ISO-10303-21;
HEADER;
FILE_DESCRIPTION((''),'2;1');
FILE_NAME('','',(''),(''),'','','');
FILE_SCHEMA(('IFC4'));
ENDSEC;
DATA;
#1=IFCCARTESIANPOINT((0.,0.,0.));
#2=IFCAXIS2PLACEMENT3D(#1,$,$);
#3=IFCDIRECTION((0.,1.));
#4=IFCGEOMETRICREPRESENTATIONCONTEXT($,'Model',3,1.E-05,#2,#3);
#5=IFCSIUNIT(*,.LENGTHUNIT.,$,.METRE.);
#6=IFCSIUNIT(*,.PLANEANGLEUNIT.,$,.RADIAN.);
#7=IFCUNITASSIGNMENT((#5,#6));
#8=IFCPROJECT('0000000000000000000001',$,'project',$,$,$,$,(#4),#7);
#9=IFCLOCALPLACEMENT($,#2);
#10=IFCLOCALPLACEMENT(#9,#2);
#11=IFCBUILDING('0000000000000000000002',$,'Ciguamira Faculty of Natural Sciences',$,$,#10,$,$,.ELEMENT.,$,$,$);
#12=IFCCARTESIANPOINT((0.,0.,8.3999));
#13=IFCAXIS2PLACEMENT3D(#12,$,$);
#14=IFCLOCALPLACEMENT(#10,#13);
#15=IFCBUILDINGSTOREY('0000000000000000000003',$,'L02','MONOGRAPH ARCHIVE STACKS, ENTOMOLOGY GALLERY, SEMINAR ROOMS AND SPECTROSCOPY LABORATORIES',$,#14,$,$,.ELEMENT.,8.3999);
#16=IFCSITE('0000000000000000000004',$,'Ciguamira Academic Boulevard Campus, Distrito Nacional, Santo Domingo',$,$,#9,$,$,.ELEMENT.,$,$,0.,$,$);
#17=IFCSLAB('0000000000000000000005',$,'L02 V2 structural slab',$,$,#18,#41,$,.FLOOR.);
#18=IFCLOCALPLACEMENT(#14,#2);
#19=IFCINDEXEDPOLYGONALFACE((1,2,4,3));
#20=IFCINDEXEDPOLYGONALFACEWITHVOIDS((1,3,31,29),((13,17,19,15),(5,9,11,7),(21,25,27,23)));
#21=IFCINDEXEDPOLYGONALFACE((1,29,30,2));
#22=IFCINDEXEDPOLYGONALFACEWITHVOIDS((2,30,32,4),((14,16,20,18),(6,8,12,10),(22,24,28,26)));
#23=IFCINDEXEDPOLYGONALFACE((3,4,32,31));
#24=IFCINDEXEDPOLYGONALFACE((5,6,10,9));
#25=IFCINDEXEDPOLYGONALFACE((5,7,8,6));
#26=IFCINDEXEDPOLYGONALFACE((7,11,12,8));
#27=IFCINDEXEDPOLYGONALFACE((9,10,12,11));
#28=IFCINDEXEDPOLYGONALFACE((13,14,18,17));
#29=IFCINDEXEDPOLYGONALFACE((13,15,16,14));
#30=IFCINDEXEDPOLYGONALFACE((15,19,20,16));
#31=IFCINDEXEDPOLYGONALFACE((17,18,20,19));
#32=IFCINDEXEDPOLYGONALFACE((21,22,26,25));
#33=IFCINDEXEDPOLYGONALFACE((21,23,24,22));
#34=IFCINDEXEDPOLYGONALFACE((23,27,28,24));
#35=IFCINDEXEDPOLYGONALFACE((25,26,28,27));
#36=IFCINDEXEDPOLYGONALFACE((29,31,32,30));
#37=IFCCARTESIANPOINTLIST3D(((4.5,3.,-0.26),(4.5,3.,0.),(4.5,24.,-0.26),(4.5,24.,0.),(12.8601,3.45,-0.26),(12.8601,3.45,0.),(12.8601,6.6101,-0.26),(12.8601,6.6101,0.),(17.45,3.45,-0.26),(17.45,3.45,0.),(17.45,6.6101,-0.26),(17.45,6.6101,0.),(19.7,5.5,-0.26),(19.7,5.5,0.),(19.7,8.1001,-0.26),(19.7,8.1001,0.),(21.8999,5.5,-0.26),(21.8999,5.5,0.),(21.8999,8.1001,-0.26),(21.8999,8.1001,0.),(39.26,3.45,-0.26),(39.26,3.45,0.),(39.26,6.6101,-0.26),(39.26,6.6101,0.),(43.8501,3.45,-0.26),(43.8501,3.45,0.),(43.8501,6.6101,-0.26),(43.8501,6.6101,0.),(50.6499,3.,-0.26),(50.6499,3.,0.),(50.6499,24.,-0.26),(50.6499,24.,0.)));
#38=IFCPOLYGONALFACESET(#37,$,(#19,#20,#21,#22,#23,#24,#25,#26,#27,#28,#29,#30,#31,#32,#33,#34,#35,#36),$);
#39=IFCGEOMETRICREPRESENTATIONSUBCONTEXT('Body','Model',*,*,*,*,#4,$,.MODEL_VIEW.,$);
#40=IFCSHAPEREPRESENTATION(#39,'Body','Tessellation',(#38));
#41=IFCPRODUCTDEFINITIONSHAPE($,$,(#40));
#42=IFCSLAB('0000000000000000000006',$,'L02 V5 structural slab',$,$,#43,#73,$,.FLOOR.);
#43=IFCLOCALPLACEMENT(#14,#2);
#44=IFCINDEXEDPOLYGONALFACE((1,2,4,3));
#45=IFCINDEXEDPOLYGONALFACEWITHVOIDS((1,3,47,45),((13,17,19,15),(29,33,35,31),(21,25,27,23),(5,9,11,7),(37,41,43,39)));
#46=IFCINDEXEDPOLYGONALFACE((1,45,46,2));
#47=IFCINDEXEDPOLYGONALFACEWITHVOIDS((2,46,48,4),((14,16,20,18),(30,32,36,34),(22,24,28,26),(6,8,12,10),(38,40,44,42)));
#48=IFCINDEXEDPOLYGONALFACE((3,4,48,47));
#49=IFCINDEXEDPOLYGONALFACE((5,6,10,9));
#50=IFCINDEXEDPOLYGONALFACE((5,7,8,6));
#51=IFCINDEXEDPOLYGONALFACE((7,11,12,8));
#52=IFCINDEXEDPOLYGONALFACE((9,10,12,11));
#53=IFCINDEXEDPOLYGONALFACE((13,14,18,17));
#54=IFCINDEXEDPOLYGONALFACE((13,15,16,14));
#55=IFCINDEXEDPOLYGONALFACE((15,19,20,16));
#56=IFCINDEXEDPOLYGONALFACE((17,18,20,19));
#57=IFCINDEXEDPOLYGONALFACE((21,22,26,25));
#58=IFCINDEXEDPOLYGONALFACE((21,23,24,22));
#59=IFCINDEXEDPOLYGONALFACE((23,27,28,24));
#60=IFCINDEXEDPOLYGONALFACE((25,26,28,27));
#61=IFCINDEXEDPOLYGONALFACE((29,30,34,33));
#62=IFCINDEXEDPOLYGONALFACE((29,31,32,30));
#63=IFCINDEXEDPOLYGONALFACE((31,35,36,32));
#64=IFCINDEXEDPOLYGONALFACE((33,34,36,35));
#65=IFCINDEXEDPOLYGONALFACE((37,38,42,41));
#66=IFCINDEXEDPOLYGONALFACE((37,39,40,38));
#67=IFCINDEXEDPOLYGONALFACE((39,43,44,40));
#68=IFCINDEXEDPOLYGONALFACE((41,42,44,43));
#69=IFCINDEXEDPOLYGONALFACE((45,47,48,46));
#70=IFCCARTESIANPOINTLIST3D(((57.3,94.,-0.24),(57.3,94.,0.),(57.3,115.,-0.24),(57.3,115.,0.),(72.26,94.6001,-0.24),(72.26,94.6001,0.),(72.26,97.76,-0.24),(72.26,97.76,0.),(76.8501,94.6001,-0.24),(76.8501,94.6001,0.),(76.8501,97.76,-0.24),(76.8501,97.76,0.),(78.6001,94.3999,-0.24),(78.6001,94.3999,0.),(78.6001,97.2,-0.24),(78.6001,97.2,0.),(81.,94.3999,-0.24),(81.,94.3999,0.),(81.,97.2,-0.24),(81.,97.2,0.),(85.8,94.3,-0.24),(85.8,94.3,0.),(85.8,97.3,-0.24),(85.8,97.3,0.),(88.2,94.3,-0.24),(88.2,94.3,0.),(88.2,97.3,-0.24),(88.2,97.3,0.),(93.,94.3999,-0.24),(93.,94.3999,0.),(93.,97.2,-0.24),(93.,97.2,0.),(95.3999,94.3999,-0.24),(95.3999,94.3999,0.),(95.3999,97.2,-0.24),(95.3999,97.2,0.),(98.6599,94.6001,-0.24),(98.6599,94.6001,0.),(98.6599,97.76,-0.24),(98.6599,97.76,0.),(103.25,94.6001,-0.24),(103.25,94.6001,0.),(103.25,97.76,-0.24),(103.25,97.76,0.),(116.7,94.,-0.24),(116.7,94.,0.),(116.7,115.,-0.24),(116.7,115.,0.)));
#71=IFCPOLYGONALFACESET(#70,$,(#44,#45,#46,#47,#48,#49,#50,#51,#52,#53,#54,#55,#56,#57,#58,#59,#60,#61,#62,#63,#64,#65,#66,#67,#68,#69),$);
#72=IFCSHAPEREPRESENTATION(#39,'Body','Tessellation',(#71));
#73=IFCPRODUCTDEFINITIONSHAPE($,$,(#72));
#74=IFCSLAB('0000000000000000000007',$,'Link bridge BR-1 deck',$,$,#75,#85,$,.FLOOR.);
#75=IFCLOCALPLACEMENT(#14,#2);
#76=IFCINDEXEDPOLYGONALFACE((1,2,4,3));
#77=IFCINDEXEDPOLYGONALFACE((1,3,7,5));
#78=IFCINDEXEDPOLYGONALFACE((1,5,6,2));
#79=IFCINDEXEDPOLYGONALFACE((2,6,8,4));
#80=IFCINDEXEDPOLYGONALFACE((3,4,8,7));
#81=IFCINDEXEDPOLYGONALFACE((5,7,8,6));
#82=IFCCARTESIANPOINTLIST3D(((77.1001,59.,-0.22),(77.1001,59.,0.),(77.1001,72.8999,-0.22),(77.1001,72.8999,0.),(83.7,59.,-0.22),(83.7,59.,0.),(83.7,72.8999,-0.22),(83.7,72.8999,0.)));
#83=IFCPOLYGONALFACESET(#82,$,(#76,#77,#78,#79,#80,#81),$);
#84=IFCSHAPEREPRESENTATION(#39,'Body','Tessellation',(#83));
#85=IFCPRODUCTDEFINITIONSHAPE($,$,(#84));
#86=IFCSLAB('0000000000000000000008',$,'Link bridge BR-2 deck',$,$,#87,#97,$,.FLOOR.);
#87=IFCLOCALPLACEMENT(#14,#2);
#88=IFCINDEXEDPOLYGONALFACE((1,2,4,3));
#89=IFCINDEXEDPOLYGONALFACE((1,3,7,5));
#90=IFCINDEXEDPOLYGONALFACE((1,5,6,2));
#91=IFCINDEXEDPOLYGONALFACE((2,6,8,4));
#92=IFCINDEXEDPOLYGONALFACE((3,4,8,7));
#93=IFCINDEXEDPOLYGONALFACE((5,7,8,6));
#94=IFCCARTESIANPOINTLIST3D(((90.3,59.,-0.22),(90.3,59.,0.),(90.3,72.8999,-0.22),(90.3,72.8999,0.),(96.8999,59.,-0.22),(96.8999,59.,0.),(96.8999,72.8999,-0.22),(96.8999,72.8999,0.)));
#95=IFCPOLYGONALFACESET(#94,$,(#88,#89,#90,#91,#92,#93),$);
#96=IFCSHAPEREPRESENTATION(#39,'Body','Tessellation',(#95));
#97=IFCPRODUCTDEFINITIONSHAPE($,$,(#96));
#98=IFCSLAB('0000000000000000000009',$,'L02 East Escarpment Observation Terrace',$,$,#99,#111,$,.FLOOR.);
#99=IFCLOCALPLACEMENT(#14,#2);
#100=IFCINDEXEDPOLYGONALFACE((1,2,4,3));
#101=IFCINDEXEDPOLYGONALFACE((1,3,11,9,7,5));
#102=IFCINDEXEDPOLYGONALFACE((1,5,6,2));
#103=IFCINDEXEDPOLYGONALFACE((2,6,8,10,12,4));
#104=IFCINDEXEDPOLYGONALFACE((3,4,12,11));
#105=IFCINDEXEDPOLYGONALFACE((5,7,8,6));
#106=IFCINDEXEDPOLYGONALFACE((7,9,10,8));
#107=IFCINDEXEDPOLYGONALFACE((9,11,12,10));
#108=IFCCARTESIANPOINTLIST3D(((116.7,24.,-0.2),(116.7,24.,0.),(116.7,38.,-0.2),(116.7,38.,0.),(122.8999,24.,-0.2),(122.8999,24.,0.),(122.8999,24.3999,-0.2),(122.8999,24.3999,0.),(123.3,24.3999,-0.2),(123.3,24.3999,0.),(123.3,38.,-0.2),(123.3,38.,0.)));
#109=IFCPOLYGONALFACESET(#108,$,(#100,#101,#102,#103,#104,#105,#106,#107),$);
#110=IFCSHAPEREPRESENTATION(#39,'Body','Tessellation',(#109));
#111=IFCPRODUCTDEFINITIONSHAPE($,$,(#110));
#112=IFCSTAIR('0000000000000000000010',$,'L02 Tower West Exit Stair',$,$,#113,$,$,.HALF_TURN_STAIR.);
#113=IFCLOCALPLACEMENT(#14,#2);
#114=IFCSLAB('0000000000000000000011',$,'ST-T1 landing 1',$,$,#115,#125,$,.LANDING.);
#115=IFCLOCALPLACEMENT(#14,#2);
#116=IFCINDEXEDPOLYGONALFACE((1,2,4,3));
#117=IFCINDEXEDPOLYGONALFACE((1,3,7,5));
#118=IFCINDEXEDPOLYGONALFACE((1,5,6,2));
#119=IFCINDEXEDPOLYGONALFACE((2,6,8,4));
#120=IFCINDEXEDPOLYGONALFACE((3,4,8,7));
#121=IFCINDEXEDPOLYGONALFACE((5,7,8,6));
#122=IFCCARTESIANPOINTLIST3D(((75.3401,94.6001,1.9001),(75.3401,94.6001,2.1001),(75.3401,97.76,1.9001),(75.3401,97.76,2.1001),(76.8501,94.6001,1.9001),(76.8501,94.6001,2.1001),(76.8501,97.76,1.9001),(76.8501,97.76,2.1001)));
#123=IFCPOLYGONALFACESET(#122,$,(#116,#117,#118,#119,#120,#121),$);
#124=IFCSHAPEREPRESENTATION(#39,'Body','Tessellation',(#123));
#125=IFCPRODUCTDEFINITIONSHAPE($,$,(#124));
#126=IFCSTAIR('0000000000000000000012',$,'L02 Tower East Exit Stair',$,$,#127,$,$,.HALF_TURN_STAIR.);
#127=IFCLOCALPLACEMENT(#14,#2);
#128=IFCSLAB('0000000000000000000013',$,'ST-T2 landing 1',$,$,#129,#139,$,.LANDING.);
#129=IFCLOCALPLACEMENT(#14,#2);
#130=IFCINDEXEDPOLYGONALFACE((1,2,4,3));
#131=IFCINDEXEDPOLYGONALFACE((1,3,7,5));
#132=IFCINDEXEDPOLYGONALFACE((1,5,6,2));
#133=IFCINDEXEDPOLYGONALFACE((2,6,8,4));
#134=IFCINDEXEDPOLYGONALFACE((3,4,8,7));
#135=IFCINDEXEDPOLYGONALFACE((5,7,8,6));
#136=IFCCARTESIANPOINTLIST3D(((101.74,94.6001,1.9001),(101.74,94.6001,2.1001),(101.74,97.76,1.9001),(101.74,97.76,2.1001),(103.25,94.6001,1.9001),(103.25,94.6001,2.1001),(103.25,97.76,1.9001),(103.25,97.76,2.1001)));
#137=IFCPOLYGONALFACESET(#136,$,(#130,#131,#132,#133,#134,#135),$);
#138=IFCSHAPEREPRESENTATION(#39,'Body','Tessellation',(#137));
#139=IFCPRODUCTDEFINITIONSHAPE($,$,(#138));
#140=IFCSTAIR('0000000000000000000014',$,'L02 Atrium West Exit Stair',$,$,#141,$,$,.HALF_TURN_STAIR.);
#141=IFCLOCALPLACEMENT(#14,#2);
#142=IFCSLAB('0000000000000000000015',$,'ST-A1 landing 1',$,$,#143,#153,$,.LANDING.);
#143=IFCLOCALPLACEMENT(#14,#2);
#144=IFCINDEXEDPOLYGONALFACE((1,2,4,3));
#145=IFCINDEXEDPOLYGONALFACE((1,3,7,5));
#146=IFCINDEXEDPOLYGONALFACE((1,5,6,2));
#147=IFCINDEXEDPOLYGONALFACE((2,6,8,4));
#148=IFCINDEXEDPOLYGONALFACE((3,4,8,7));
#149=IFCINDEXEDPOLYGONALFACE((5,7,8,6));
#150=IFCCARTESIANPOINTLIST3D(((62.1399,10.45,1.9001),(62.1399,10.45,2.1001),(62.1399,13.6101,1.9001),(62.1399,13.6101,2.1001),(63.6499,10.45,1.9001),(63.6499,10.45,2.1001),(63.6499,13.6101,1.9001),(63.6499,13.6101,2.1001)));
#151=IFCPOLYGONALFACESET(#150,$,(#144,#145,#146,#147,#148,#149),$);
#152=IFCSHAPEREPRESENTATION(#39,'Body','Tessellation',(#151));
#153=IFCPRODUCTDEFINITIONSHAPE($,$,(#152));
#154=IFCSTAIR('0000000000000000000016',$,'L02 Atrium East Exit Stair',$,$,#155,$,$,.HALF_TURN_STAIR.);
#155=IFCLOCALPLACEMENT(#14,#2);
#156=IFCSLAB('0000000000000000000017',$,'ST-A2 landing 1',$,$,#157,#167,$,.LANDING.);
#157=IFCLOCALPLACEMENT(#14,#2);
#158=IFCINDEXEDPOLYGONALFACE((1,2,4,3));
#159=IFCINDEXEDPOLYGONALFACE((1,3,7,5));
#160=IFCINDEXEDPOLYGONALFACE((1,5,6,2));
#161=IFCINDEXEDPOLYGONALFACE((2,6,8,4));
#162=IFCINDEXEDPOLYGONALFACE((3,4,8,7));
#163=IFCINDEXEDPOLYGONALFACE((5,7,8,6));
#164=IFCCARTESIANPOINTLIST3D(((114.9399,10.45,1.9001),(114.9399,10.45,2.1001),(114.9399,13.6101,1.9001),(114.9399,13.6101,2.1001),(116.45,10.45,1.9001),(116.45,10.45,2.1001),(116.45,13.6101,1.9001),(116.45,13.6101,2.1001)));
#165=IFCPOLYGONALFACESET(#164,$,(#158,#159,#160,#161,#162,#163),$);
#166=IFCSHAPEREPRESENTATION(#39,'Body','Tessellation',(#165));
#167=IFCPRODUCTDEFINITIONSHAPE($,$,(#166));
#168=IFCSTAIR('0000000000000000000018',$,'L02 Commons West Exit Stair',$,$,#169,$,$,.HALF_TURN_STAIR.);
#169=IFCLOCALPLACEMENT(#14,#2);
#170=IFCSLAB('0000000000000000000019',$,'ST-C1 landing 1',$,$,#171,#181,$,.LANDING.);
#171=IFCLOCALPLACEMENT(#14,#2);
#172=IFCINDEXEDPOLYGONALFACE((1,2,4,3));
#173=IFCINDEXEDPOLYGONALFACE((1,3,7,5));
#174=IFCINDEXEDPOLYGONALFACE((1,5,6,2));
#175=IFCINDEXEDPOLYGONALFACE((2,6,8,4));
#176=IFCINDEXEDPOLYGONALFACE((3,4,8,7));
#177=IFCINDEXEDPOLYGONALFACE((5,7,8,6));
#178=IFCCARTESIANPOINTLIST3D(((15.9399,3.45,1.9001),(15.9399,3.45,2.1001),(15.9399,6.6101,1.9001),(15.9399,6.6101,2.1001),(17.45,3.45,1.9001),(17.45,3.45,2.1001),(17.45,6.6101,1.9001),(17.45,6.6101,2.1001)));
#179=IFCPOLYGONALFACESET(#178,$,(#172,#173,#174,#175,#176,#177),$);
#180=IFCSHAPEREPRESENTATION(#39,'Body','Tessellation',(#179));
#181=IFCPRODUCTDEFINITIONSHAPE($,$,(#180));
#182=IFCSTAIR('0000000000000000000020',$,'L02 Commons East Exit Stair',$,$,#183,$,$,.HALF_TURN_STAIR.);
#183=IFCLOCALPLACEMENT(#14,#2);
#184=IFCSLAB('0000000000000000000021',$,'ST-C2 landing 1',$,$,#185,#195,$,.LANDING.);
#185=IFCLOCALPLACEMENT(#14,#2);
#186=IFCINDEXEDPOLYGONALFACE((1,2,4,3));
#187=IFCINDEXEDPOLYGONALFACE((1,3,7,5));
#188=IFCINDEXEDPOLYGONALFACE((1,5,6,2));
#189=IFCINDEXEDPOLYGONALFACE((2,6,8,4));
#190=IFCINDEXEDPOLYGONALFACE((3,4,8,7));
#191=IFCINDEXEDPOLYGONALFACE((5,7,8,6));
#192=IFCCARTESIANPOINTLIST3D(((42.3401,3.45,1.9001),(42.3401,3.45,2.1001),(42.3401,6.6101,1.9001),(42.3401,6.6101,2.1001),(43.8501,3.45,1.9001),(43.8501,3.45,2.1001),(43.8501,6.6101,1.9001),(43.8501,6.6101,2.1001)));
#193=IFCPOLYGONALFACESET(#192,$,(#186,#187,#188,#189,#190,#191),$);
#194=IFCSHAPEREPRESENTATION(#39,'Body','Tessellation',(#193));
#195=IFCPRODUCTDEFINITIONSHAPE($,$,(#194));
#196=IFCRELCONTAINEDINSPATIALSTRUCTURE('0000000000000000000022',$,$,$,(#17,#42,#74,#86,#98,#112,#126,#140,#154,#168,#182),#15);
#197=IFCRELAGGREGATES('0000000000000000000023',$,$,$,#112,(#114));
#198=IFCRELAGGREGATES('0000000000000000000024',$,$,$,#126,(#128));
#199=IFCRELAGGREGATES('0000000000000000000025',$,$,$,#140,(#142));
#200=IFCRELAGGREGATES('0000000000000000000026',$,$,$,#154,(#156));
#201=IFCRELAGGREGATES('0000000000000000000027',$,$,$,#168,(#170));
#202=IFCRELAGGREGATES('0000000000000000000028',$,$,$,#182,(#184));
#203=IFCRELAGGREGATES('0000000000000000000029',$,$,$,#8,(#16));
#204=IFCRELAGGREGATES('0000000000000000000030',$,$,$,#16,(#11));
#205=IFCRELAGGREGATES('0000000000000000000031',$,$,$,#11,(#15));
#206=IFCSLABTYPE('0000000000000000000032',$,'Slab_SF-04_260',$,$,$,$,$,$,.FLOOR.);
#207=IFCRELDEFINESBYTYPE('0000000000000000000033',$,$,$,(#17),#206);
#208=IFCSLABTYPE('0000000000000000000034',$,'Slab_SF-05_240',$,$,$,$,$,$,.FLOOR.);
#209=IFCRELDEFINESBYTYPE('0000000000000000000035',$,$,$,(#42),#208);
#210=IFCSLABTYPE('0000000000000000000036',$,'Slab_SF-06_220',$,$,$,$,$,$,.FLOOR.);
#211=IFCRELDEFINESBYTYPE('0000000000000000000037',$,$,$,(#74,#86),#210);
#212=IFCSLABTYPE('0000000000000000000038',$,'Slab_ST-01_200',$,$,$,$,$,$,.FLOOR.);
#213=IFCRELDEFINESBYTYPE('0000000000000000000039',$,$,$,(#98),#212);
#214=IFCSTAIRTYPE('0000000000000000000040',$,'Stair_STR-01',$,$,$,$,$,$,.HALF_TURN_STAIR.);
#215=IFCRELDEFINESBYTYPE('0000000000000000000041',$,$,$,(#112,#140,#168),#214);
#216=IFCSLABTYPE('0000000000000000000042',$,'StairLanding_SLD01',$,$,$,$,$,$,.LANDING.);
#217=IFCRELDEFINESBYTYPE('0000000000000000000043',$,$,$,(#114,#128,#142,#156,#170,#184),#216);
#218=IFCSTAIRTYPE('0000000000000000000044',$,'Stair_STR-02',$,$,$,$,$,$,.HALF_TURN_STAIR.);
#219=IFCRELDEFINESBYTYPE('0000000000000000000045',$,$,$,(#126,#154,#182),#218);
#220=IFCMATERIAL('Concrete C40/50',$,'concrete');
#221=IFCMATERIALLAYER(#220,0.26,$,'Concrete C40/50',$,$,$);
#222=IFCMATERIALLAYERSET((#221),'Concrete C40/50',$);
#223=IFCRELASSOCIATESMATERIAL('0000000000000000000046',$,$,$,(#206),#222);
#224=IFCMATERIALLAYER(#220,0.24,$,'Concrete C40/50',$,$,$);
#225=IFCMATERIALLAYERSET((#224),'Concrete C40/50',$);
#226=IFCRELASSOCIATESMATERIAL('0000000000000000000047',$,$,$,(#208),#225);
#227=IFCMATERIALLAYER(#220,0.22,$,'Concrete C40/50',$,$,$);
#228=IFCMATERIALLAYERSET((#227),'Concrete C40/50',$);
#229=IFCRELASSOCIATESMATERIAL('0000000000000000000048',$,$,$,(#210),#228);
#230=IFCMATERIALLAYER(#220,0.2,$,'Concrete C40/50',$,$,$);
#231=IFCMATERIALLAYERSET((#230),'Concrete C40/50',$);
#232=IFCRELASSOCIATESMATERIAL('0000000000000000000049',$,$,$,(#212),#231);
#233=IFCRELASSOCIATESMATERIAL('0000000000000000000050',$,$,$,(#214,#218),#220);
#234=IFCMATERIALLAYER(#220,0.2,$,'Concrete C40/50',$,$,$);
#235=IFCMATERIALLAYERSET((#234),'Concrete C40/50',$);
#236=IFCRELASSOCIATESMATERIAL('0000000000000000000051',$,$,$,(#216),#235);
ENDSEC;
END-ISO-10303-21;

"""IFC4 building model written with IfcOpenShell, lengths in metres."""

from ifc_helpers import new_model, si_unit, direction, frame, origin, place, context, subcontext, project, spatial, polyline, outline, extrude, material, layer, layer_set, type_object, element, aggregate, save


model = new_model("IFC4")

# Units and contexts
model_context = context("Model", 3, precision=1e-05, world=origin(), true_north=direction((0.0, 1.0)))
body_context = subcontext(model_context, "Body", "Model", "MODEL_VIEW")
ifc_project = project(units=[si_unit("LENGTHUNIT", "METRE"), si_unit("PLANEANGLEUNIT", "RADIAN")], contexts=[model_context])

# Site, building, storey
site_placement = place(None, origin())
site = spatial("IfcSite", under=ifc_project, at=site_placement, Name="Ciguamira Academic Boulevard Campus, Distrito Nacional, Santo Domingo", CompositionType="ELEMENT", RefElevation=0.0)
building_placement = place(site_placement, origin())
building = spatial("IfcBuilding", under=site, at=building_placement, Name="Ciguamira Faculty of Natural Sciences", CompositionType="ELEMENT")
storey_placement = place(building_placement, frame((0.0, 0.0, 8.3999)))
storey = spatial("IfcBuildingStorey", under=building, at=storey_placement, Name="L02", Description="MONOGRAPH ARCHIVE STACKS, ENTOMOLOGY GALLERY, SEMINAR ROOMS AND SPECTROSCOPY LABORATORIES", CompositionType="ELEMENT", Elevation=8.3999)

# Slabs
ifc_material_1 = material(Name="Concrete C40/50", Category="concrete")
ifc_layer_1 = layer(ifc_material_1, 0.26, Name="Concrete C40/50")
ifc_layer_set_1 = layer_set([ifc_layer_1], Name="Concrete C40/50")
slab_type_1 = type_object("IfcSlabType", Name="Slab_SF-04_260", PredefinedType="FLOOR", material=ifc_layer_set_1)
slab_1_placement = place(storey_placement, frame((0.0, 0.0, -0.26)))
element("IfcSlab", 1, at=slab_1_placement, inside=storey, type_object=slab_type_1, Name="L02 V2 structural slab", PredefinedType="FLOOR", context=body_context, shape_type="SweptSolid", body=[
    extrude(outline(polyline([(4.5, 3.0), (50.6499, 3.0), (50.6499, 24.0), (4.5, 24.0), (4.5, 3.0)]), holes=[polyline([(12.8601, 3.45), (17.45, 3.45), (17.45, 6.6101), (12.8601, 6.6101), (12.8601, 3.45)]), polyline([(39.26, 3.45), (43.8501, 3.45), (43.8501, 6.6101), (39.26, 6.6101), (39.26, 3.45)]), polyline([(19.7, 5.5), (21.8999, 5.5), (21.8999, 8.1001), (19.7, 8.1001), (19.7, 5.5)])]), origin(), (0.0, 0.0, 1.0), 0.26),
])
ifc_layer_2 = layer(ifc_material_1, 0.24, Name="Concrete C40/50")
ifc_layer_set_2 = layer_set([ifc_layer_2], Name="Concrete C40/50")
slab_type_2 = type_object("IfcSlabType", Name="Slab_SF-05_240", PredefinedType="FLOOR", material=ifc_layer_set_2)
slab_2_placement = place(storey_placement, frame((0.0, 0.0, -0.24)))
element("IfcSlab", 2, at=slab_2_placement, inside=storey, type_object=slab_type_2, Name="L02 V5 structural slab", PredefinedType="FLOOR", context=body_context, shape_type="SweptSolid", body=[
    extrude(outline(polyline([(57.3, 94.0), (116.7, 94.0), (116.7, 115.0), (57.3, 115.0), (57.3, 94.0)]), holes=[polyline([(72.26, 94.6001), (76.8501, 94.6001), (76.8501, 97.76), (72.26, 97.76), (72.26, 94.6001)]), polyline([(98.6599, 94.6001), (103.25, 94.6001), (103.25, 97.76), (98.6599, 97.76), (98.6599, 94.6001)]), polyline([(78.6001, 94.3999), (81.0, 94.3999), (81.0, 97.2), (78.6001, 97.2), (78.6001, 94.3999)]), polyline([(93.0, 94.3999), (95.3999, 94.3999), (95.3999, 97.2), (93.0, 97.2), (93.0, 94.3999)]), polyline([(85.8, 94.3), (88.2, 94.3), (88.2, 97.3), (85.8, 97.3), (85.8, 94.3)])]), origin(), (0.0, 0.0, 1.0), 0.24),
])
ifc_layer_3 = layer(ifc_material_1, 0.22, Name="Concrete C40/50")
ifc_layer_set_3 = layer_set([ifc_layer_3], Name="Concrete C40/50")
slab_type_3 = type_object("IfcSlabType", Name="Slab_SF-06_220", PredefinedType="FLOOR", material=ifc_layer_set_3)
slab_3_placement = place(storey_placement, frame((0.0, 0.0, -0.22)))
element("IfcSlab", 3, at=slab_3_placement, inside=storey, type_object=slab_type_3, Name="Link bridge BR-1 deck", PredefinedType="FLOOR", context=body_context, shape_type="SweptSolid", body=[
    extrude(outline(polyline([(77.1001, 59.0), (83.7, 59.0), (83.7, 72.8999), (77.1001, 72.8999), (77.1001, 59.0)])), origin(), (0.0, 0.0, 1.0), 0.22),
])
slab_4_placement = place(storey_placement, frame((0.0, 0.0, -0.22)))
element("IfcSlab", 4, at=slab_4_placement, inside=storey, type_object=slab_type_3, Name="Link bridge BR-2 deck", PredefinedType="FLOOR", context=body_context, shape_type="SweptSolid", body=[
    extrude(outline(polyline([(90.3, 59.0), (96.8999, 59.0), (96.8999, 72.8999), (90.3, 72.8999), (90.3, 59.0)])), origin(), (0.0, 0.0, 1.0), 0.22),
])
ifc_layer_4 = layer(ifc_material_1, 0.2, Name="Concrete C40/50")
ifc_layer_set_4 = layer_set([ifc_layer_4], Name="Concrete C40/50")
slab_type_4 = type_object("IfcSlabType", Name="Slab_ST-01_200", PredefinedType="FLOOR", material=ifc_layer_set_4)
slab_5_placement = place(storey_placement, frame((0.0, 0.0, -0.2)))
element("IfcSlab", 5, at=slab_5_placement, inside=storey, type_object=slab_type_4, Name="L02 East Escarpment Observation Terrace", PredefinedType="FLOOR", context=body_context, shape_type="SweptSolid", body=[
    extrude(outline(polyline([(116.7, 24.0), (122.8999, 24.0), (122.8999, 24.3999), (123.3, 24.3999), (123.3, 38.0), (116.7, 38.0), (116.7, 24.0)])), origin(), (0.0, 0.0, 1.0), 0.2),
])

# Stairs, slabs
stair_type_1 = type_object("IfcStairType", Name="Stair_STR-01", PredefinedType="HALF_TURN_STAIR", material=ifc_material_1)
stair_1_placement = place(storey_placement, origin())
stair_1 = element("IfcStair", 6, at=stair_1_placement, inside=storey, type_object=stair_type_1, Name="L02 Tower West Exit Stair", PredefinedType="HALF_TURN_STAIR")
ifc_layer_5 = layer(ifc_material_1, 0.2, Name="Concrete C40/50")
ifc_layer_set_5 = layer_set([ifc_layer_5], Name="Concrete C40/50")
slab_type_5 = type_object("IfcSlabType", Name="StairLanding_SLD01", PredefinedType="LANDING", material=ifc_layer_set_5)
slab_6_placement = place(storey_placement, frame((0.0, 0.0, 1.9001)))
slab_6 = element("IfcSlab", 7, at=slab_6_placement, type_object=slab_type_5, Name="ST-T1 landing 1", PredefinedType="LANDING", context=body_context, shape_type="SweptSolid", body=[
    extrude(outline(polyline([(75.3401, 94.6001), (76.8501, 94.6001), (76.8501, 97.76), (75.3401, 97.76), (75.3401, 94.6001)])), origin(), (0.0, 0.0, 1.0), 0.2),
])
aggregate(stair_1, [slab_6])
stair_type_2 = type_object("IfcStairType", Name="Stair_STR-02", PredefinedType="HALF_TURN_STAIR", material=ifc_material_1)
stair_2_placement = place(storey_placement, origin())
stair_2 = element("IfcStair", 8, at=stair_2_placement, inside=storey, type_object=stair_type_2, Name="L02 Tower East Exit Stair", PredefinedType="HALF_TURN_STAIR")
slab_7_placement = place(storey_placement, frame((0.0, 0.0, 1.9001)))
slab_7 = element("IfcSlab", 9, at=slab_7_placement, type_object=slab_type_5, Name="ST-T2 landing 1", PredefinedType="LANDING", context=body_context, shape_type="SweptSolid", body=[
    extrude(outline(polyline([(101.74, 94.6001), (103.25, 94.6001), (103.25, 97.76), (101.74, 97.76), (101.74, 94.6001)])), origin(), (0.0, 0.0, 1.0), 0.2),
])
aggregate(stair_2, [slab_7])
stair_3_placement = place(storey_placement, origin())
stair_3 = element("IfcStair", 10, at=stair_3_placement, inside=storey, type_object=stair_type_1, Name="L02 Atrium West Exit Stair", PredefinedType="HALF_TURN_STAIR")
slab_8_placement = place(storey_placement, frame((0.0, 0.0, 1.9001)))
slab_8 = element("IfcSlab", 11, at=slab_8_placement, type_object=slab_type_5, Name="ST-A1 landing 1", PredefinedType="LANDING", context=body_context, shape_type="SweptSolid", body=[
    extrude(outline(polyline([(62.1399, 10.45), (63.6499, 10.45), (63.6499, 13.6101), (62.1399, 13.6101), (62.1399, 10.45)])), origin(), (0.0, 0.0, 1.0), 0.2),
])
aggregate(stair_3, [slab_8])
stair_4_placement = place(storey_placement, origin())
stair_4 = element("IfcStair", 12, at=stair_4_placement, inside=storey, type_object=stair_type_2, Name="L02 Atrium East Exit Stair", PredefinedType="HALF_TURN_STAIR")
slab_9_placement = place(storey_placement, frame((0.0, 0.0, 1.9001)))
slab_9 = element("IfcSlab", 13, at=slab_9_placement, type_object=slab_type_5, Name="ST-A2 landing 1", PredefinedType="LANDING", context=body_context, shape_type="SweptSolid", body=[
    extrude(outline(polyline([(114.9399, 10.45), (116.45, 10.45), (116.45, 13.6101), (114.9399, 13.6101), (114.9399, 10.45)])), origin(), (0.0, 0.0, 1.0), 0.2),
])
aggregate(stair_4, [slab_9])
stair_5_placement = place(storey_placement, origin())
stair_5 = element("IfcStair", 14, at=stair_5_placement, inside=storey, type_object=stair_type_1, Name="L02 Commons West Exit Stair", PredefinedType="HALF_TURN_STAIR")
slab_10_placement = place(storey_placement, frame((0.0, 0.0, 1.9001)))
slab_10 = element("IfcSlab", 15, at=slab_10_placement, type_object=slab_type_5, Name="ST-C1 landing 1", PredefinedType="LANDING", context=body_context, shape_type="SweptSolid", body=[
    extrude(outline(polyline([(15.9399, 3.45), (17.45, 3.45), (17.45, 6.6101), (15.9399, 6.6101), (15.9399, 3.45)])), origin(), (0.0, 0.0, 1.0), 0.2),
])
aggregate(stair_5, [slab_10])
stair_6_placement = place(storey_placement, origin())
stair_6 = element("IfcStair", 16, at=stair_6_placement, inside=storey, type_object=stair_type_2, Name="L02 Commons East Exit Stair", PredefinedType="HALF_TURN_STAIR")
slab_11_placement = place(storey_placement, frame((0.0, 0.0, 1.9001)))
slab_11 = element("IfcSlab", 17, at=slab_11_placement, type_object=slab_type_5, Name="ST-C2 landing 1", PredefinedType="LANDING", context=body_context, shape_type="SweptSolid", body=[
    extrude(outline(polyline([(42.3401, 3.45), (43.8501, 3.45), (43.8501, 6.6101), (42.3401, 6.6101), (42.3401, 3.45)])), origin(), (0.0, 0.0, 1.0), 0.2),
])
aggregate(stair_6, [slab_11])

save(model, "model.ifc")
